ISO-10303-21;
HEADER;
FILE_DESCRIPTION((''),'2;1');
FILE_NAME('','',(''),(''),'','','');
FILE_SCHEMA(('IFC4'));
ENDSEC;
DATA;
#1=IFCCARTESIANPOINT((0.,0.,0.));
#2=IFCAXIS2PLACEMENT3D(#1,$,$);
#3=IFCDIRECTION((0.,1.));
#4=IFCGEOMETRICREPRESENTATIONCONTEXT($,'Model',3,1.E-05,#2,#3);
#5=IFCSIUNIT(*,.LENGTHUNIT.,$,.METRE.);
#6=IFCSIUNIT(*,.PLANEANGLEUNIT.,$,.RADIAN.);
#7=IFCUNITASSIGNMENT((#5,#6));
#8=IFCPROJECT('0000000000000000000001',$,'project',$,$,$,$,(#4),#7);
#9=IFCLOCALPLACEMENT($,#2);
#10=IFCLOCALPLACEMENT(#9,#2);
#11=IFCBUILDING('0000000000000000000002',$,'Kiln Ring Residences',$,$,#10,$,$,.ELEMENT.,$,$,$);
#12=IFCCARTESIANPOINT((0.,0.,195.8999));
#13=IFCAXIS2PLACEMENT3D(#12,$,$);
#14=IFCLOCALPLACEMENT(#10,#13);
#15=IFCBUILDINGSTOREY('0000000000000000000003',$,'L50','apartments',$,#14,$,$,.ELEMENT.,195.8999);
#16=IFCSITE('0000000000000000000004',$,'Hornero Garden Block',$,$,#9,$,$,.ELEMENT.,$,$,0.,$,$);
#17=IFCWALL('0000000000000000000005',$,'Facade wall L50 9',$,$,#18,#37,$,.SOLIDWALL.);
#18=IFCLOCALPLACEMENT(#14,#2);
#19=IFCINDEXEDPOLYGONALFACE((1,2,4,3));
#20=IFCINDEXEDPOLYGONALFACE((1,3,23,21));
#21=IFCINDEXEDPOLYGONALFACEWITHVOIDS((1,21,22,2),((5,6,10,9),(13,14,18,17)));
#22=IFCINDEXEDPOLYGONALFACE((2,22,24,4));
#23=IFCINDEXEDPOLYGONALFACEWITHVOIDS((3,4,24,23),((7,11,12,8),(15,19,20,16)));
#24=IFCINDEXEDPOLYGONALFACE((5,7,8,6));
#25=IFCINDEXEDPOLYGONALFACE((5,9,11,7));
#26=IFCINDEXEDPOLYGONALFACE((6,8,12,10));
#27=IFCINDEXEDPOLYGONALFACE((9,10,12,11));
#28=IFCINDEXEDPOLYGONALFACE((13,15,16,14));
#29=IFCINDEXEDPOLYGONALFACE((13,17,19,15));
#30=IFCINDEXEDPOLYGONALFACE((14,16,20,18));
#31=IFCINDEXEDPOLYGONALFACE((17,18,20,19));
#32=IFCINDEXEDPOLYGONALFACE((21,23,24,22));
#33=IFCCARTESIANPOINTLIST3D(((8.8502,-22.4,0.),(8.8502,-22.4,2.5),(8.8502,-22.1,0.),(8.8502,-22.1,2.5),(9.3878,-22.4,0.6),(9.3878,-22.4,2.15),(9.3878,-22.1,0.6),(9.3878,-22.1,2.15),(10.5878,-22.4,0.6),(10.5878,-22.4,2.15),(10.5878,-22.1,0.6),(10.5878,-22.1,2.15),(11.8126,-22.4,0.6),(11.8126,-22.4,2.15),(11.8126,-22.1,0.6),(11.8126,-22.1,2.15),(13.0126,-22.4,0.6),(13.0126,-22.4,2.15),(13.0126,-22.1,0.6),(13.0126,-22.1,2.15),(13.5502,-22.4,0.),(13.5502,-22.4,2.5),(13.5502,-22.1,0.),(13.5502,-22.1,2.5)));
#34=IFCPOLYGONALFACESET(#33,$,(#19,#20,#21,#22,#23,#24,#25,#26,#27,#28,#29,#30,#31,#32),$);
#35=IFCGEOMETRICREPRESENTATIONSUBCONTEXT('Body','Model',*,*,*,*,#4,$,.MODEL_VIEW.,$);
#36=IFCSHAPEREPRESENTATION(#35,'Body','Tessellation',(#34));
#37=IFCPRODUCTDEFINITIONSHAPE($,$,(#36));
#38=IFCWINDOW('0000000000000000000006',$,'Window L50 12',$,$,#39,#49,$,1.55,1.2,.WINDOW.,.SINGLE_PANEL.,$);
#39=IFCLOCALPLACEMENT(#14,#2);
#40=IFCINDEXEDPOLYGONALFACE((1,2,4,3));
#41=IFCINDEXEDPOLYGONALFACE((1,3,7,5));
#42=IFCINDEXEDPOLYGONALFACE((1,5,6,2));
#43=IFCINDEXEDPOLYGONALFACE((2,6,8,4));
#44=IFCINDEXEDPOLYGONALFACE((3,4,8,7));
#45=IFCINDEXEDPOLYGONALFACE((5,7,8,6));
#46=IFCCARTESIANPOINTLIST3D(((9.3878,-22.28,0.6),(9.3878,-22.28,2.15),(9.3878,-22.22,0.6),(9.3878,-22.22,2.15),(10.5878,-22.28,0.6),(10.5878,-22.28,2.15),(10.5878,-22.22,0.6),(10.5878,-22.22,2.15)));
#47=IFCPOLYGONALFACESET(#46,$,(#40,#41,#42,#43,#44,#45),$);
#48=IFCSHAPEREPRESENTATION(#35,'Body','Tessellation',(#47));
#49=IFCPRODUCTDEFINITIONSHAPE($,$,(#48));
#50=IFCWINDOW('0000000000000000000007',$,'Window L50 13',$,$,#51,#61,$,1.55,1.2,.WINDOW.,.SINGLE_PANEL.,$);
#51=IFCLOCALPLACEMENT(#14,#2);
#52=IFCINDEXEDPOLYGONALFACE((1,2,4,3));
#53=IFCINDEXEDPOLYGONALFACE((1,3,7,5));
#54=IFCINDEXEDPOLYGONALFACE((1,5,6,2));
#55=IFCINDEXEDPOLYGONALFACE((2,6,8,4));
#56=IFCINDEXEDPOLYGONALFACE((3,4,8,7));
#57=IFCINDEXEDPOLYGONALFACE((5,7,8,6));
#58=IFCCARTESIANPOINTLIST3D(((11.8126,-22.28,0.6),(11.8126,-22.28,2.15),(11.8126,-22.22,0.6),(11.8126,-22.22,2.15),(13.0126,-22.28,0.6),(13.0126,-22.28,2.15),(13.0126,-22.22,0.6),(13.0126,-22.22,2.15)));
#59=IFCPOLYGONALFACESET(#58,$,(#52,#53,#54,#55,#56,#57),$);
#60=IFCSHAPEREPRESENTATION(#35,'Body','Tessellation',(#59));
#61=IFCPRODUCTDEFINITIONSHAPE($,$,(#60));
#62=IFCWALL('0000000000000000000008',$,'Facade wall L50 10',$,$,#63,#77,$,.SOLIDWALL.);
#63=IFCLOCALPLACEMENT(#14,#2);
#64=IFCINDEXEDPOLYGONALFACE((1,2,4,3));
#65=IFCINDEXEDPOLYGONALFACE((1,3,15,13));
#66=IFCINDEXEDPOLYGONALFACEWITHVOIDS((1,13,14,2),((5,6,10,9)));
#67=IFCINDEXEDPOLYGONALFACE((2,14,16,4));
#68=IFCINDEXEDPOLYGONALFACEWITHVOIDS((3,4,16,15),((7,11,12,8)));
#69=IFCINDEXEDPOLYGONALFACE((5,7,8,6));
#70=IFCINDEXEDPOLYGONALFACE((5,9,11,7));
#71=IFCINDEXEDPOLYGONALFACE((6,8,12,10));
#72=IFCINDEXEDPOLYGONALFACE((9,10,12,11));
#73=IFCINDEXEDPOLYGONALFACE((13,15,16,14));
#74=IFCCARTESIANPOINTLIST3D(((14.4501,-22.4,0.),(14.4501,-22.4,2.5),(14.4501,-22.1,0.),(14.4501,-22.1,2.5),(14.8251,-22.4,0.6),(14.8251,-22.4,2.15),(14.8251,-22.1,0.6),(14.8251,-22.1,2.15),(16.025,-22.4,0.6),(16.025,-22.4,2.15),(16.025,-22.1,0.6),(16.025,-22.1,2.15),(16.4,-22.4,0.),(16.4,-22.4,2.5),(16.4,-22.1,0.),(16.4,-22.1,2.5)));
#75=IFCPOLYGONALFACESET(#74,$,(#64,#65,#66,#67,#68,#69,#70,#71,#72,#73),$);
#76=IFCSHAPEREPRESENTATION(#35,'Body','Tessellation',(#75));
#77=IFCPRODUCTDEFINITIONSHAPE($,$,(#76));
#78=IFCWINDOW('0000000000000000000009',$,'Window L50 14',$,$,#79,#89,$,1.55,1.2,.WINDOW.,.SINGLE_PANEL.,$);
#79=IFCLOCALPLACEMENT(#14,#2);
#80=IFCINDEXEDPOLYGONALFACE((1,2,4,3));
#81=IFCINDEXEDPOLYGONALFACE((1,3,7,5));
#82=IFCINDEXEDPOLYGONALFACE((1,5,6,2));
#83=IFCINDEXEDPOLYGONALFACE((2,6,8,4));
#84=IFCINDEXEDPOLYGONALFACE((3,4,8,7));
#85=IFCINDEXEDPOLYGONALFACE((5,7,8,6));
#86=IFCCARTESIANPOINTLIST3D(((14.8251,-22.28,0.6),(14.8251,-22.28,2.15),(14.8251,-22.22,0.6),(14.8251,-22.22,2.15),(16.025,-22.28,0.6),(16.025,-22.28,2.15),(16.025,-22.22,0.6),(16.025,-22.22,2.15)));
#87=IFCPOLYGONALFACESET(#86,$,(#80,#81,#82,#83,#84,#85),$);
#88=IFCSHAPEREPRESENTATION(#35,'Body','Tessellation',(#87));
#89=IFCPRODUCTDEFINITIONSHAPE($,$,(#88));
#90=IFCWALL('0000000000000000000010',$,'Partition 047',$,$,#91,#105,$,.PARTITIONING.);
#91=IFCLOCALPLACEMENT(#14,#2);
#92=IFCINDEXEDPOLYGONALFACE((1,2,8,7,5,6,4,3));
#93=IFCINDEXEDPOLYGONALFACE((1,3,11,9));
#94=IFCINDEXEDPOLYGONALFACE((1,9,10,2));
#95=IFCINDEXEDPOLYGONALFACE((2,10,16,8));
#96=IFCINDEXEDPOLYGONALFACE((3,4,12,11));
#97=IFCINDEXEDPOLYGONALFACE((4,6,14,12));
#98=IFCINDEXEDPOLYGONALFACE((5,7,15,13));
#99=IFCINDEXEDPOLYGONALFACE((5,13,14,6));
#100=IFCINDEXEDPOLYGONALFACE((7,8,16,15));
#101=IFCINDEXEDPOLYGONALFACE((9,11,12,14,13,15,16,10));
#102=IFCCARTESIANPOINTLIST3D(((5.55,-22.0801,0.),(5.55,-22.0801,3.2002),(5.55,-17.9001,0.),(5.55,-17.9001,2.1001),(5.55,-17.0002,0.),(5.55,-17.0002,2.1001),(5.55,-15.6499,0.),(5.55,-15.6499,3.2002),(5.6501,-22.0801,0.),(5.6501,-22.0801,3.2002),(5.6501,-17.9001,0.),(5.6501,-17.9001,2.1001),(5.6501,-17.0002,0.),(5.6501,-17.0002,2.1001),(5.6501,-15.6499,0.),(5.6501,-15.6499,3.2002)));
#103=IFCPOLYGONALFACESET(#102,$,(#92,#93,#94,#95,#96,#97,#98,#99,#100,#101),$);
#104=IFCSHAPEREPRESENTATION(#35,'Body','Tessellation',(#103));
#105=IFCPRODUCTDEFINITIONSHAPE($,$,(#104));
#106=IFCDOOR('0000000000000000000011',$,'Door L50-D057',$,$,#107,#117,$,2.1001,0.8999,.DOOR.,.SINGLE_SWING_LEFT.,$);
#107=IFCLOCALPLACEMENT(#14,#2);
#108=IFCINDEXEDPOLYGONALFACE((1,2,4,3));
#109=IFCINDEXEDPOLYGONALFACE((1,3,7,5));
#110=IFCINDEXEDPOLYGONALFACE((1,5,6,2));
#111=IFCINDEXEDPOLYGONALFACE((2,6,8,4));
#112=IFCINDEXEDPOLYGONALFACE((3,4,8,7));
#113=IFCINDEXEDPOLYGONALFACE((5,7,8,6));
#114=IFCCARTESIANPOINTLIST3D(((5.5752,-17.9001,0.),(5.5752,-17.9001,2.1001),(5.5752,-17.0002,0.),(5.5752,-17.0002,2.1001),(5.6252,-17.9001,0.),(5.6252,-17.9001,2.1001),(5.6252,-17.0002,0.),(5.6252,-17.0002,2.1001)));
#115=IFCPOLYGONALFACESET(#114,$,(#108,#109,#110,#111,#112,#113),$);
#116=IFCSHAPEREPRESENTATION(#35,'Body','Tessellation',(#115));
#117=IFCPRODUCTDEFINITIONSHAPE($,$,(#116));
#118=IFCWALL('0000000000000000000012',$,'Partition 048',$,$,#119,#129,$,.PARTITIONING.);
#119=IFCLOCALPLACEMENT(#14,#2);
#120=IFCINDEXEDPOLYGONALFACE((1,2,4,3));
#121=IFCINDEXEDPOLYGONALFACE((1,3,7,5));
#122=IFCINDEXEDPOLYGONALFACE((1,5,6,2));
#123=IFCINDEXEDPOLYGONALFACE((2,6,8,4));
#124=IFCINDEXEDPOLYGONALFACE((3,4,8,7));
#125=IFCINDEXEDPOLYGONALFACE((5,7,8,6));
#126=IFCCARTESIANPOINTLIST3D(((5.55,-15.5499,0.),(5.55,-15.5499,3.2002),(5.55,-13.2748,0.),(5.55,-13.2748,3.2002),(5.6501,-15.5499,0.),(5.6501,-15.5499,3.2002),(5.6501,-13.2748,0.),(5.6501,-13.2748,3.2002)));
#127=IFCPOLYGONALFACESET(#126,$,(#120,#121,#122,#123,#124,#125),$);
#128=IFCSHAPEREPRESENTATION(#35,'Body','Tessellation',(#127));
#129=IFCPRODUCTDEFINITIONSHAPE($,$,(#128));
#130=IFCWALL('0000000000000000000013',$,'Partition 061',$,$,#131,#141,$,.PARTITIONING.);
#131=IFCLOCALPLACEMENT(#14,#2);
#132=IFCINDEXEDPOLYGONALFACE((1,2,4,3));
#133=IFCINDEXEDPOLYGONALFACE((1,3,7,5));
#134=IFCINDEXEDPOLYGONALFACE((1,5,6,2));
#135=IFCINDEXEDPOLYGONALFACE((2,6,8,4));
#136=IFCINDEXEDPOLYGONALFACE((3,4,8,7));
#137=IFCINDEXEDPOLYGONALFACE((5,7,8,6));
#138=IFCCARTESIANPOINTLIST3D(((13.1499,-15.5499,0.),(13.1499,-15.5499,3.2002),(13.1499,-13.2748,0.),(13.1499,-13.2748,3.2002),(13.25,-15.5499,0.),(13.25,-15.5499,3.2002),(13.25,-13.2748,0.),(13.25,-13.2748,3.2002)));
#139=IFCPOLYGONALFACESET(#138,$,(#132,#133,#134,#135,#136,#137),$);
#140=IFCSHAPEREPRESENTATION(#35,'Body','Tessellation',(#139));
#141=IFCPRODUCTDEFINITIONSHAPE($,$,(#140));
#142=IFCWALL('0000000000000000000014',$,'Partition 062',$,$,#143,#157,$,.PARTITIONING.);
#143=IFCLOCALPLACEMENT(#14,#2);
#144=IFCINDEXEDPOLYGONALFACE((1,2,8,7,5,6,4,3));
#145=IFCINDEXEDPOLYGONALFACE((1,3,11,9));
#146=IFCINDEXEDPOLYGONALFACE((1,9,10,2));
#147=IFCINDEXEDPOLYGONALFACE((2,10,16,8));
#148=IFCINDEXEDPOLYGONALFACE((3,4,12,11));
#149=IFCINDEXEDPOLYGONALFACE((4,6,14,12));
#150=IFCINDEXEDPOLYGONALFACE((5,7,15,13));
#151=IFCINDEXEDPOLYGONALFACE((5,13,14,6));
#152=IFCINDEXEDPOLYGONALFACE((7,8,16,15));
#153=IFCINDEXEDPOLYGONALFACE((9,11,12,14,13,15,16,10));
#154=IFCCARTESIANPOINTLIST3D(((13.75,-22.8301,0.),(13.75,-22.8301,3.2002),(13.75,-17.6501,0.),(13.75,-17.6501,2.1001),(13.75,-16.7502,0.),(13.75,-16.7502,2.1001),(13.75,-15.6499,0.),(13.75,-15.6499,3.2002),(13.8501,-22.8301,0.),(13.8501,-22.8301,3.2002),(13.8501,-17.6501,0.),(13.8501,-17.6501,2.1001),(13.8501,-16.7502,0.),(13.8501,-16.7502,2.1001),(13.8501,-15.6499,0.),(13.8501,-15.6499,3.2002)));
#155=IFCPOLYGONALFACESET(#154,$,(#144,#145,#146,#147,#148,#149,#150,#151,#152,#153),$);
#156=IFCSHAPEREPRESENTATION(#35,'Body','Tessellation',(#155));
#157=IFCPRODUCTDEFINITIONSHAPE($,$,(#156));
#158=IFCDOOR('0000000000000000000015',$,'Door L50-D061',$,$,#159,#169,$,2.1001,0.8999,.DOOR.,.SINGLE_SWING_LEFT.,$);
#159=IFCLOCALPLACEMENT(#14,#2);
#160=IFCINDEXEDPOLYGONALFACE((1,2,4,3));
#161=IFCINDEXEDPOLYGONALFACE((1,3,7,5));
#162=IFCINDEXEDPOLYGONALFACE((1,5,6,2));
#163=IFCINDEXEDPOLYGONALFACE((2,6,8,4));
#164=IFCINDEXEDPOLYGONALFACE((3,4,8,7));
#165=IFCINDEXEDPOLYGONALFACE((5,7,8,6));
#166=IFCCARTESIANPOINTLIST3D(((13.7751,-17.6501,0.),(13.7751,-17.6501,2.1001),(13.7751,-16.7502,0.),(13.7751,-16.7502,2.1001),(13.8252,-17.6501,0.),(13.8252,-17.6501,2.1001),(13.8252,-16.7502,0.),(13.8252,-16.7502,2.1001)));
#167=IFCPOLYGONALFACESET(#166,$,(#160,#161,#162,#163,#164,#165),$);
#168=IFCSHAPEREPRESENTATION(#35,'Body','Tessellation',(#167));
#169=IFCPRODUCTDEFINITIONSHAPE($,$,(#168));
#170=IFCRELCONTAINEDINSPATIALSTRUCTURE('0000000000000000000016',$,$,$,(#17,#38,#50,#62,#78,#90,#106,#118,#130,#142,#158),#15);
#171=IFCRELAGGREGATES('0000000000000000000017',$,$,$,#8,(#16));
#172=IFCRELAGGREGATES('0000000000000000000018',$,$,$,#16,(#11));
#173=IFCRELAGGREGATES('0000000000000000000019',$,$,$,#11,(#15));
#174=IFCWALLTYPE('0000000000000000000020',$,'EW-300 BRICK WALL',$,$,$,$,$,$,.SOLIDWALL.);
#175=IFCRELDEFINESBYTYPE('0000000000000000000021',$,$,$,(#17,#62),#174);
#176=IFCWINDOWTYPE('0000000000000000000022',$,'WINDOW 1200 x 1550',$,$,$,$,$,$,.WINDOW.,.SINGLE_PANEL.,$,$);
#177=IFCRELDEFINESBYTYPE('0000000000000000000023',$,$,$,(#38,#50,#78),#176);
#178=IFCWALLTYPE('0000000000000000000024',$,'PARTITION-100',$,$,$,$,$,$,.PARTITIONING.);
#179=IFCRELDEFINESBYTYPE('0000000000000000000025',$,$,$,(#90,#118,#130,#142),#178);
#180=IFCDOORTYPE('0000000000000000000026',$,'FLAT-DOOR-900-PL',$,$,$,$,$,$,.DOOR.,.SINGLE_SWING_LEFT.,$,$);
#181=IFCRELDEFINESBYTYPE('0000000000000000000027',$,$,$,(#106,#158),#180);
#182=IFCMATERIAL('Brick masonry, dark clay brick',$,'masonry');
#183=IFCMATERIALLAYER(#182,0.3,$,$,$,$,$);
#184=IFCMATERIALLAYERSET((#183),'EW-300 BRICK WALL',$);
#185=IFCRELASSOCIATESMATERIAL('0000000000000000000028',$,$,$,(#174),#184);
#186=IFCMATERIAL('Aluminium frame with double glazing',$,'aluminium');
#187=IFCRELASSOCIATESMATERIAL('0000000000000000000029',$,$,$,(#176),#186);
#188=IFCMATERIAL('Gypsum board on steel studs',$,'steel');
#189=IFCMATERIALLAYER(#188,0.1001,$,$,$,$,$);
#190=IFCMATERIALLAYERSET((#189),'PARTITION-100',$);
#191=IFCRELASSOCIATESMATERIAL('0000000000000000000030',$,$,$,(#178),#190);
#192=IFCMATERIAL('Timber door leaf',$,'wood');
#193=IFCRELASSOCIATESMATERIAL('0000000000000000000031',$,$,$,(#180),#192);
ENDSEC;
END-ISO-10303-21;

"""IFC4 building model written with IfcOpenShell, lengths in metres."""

from ifc_helpers import new_model, si_unit, direction, frame, frame_2d, origin, place, context, subcontext, project, spatial, rectangle, extrude, material, layer, layer_set, type_object, element, fill, save


model = new_model("IFC4")

# Units and contexts
model_context = context("Model", 3, precision=1e-05, world=origin(), true_north=direction((0.0, 1.0)))
body_context = subcontext(model_context, "Body", "Model", "MODEL_VIEW")
ifc_project = project(units=[si_unit("LENGTHUNIT", "METRE"), si_unit("PLANEANGLEUNIT", "RADIAN")], contexts=[model_context])

# Site, building, storey
site_placement = place(None, origin())
site = spatial("IfcSite", under=ifc_project, at=site_placement, Name="Hornero Garden Block", CompositionType="ELEMENT", RefElevation=0.0)
building_placement = place(site_placement, origin())
building = spatial("IfcBuilding", under=site, at=building_placement, Name="Kiln Ring Residences", CompositionType="ELEMENT")
storey_placement = place(building_placement, frame((0.0, 0.0, 195.8999)))
storey = spatial("IfcBuildingStorey", under=building, at=storey_placement, Name="L50", Description="apartments", CompositionType="ELEMENT", Elevation=195.8999)

# Wall, openings, windows
ifc_material_1 = material(Name="Brick masonry, dark clay brick", Category="masonry")
ifc_layer_1 = layer(ifc_material_1, 0.3)
ifc_layer_set_1 = layer_set([ifc_layer_1], Name="EW-300 BRICK WALL")
wall_type_1 = type_object("IfcWallType", Name="EW-300 BRICK WALL", PredefinedType="SOLIDWALL", material=ifc_layer_set_1)
ifc_material_2 = material(Name="Aluminium frame with double glazing", Category="aluminium")
window_type = type_object("IfcWindowType", Name="WINDOW 1200 x 1550", PartitioningType="SINGLE_PANEL", PredefinedType="WINDOW", material=ifc_material_2)
wall_1_placement = place(storey_placement, frame((8.8501, -22.25, 0.0), z_axis=(0.0, 0.0, 1.0), x_axis=(1.0, 0.0, 0.0)))
wall_1 = element("IfcWall", 1, at=wall_1_placement, inside=storey, type_object=wall_type_1, Name="Facade wall L50 9", PredefinedType="SOLIDWALL", context=body_context, shape_type="SweptSolid", body=[
    extrude(rectangle(XDim=4.7, YDim=0.3, at=frame_2d((2.3501, 0.0))), origin(), (0.0, 0.0, 1.0), 2.5),
])
opening_1_placement = place(wall_1_placement, frame((0.5376, 0.0, 0.6001)))
opening_1 = element("IfcOpeningElement", 2, at=opening_1_placement, cuts=wall_1, PredefinedType="OPENING", context=body_context, shape_type="SweptSolid", body=[
    extrude(rectangle(XDim=1.2, YDim=1.55, at=frame_2d((0.6001, 0.7749))), frame((0.0, 0.1599, 0.0), z_axis=(0.0, -1.0, 0.0), x_axis=(1.0, 0.0, 0.0)), (0.0, 0.0, 1.0), 0.3201),
])
opening_2_placement = place(wall_1_placement, frame((2.9624, 0.0, 0.6001)))
opening_2 = element("IfcOpeningElement", 3, at=opening_2_placement, cuts=wall_1, PredefinedType="OPENING", context=body_context, shape_type="SweptSolid", body=[
    extrude(rectangle(XDim=1.2, YDim=1.55, at=frame_2d((0.6001, 0.7749))), frame((0.0, 0.1599, 0.0), z_axis=(0.0, -1.0, 0.0), x_axis=(1.0, 0.0, 0.0)), (0.0, 0.0, 1.0), 0.3201),
])
window_1_placement = place(opening_1_placement, origin())
window_1 = element("IfcWindow", 4, at=window_1_placement, inside=storey, type_object=window_type, Name="Window L50 12", OverallHeight=1.55, OverallWidth=1.2, PartitioningType="SINGLE_PANEL", PredefinedType="WINDOW", context=body_context, shape_type="SweptSolid", body=[
    extrude(rectangle(XDim=1.2, YDim=1.55, at=frame_2d((0.6001, 0.7749))), frame((0.0, 0.03, 0.0), z_axis=(0.0, -1.0, 0.0), x_axis=(1.0, 0.0, 0.0)), (0.0, 0.0, 1.0), 0.0601),
])
fill(opening_1, window_1)
window_2_placement = place(opening_2_placement, origin())
window_2 = element("IfcWindow", 5, at=window_2_placement, inside=storey, type_object=window_type, Name="Window L50 13", OverallHeight=1.55, OverallWidth=1.2, PartitioningType="SINGLE_PANEL", PredefinedType="WINDOW", context=body_context, shape_type="SweptSolid", body=[
    extrude(rectangle(XDim=1.2, YDim=1.55, at=frame_2d((0.6001, 0.7749))), frame((0.0, 0.03, 0.0), z_axis=(0.0, -1.0, 0.0), x_axis=(1.0, 0.0, 0.0)), (0.0, 0.0, 1.0), 0.0601),
])
fill(opening_2, window_2)

# Wall, opening, window
wall_2_placement = place(storey_placement, frame((14.45, -22.25, 0.0), z_axis=(0.0, 0.0, 1.0), x_axis=(1.0, 0.0, 0.0)))
wall_2 = element("IfcWall", 6, at=wall_2_placement, inside=storey, type_object=wall_type_1, Name="Facade wall L50 10", PredefinedType="SOLIDWALL", context=body_context, shape_type="SweptSolid", body=[
    extrude(rectangle(XDim=1.95, YDim=0.3, at=frame_2d((0.9751, 0.0))), origin(), (0.0, 0.0, 1.0), 2.5),
])
opening_3_placement = place(wall_2_placement, frame((0.375, 0.0, 0.6001)))
opening_3 = element("IfcOpeningElement", 7, at=opening_3_placement, cuts=wall_2, PredefinedType="OPENING", context=body_context, shape_type="SweptSolid", body=[
    extrude(rectangle(XDim=1.2, YDim=1.55, at=frame_2d((0.6001, 0.7749))), frame((0.0, 0.1599, 0.0), z_axis=(0.0, -1.0, 0.0), x_axis=(1.0, 0.0, 0.0)), (0.0, 0.0, 1.0), 0.3201),
])
window_3_placement = place(opening_3_placement, origin())
window_3 = element("IfcWindow", 8, at=window_3_placement, inside=storey, type_object=window_type, Name="Window L50 14", OverallHeight=1.55, OverallWidth=1.2, PartitioningType="SINGLE_PANEL", PredefinedType="WINDOW", context=body_context, shape_type="SweptSolid", body=[
    extrude(rectangle(XDim=1.2, YDim=1.55, at=frame_2d((0.6001, 0.7749))), frame((0.0, 0.03, 0.0), z_axis=(0.0, -1.0, 0.0), x_axis=(1.0, 0.0, 0.0)), (0.0, 0.0, 1.0), 0.0601),
])
fill(opening_3, window_3)

# Wall, opening, door
ifc_material_3 = material(Name="Gypsum board on steel studs", Category="steel")
ifc_layer_2 = layer(ifc_material_3, 0.1001)
ifc_layer_set_2 = layer_set([ifc_layer_2], Name="PARTITION-100")
wall_type_2 = type_object("IfcWallType", Name="PARTITION-100", PredefinedType="PARTITIONING", material=ifc_layer_set_2)
wall_3_placement = place(storey_placement, frame((5.6001, -22.0801, 0.0), z_axis=(0.0, 0.0, 1.0), x_axis=(0.0, 1.0, 0.0)))
wall_3 = element("IfcWall", 9, at=wall_3_placement, inside=storey, type_object=wall_type_2, Name="Partition 047", PredefinedType="PARTITIONING", context=body_context, shape_type="SweptSolid", body=[
    extrude(rectangle(XDim=6.4302, YDim=0.1001, at=frame_2d((3.2151, 0.0))), origin(), (0.0, 0.0, 1.0), 3.2002),
])
opening_4_placement = place(wall_3_placement, frame((4.1799, 0.0, 0.0)))
opening_4 = element("IfcOpeningElement", 10, at=opening_4_placement, cuts=wall_3, PredefinedType="OPENING", context=body_context, shape_type="SweptSolid", body=[
    extrude(rectangle(XDim=0.8999, YDim=2.1001, at=frame_2d((0.45, 1.05))), frame((0.0, 0.0601, 0.0), z_axis=(0.0, -1.0, 0.0), x_axis=(1.0, 0.0, 0.0)), (0.0, 0.0, 1.0), 0.1201),
])
ifc_material_4 = material(Name="Timber door leaf", Category="wood")
door_type = type_object("IfcDoorType", Name="FLAT-DOOR-900-PL", OperationType="SINGLE_SWING_LEFT", PredefinedType="DOOR", material=ifc_material_4)
door_1_placement = place(opening_4_placement, origin())
door_1 = element("IfcDoor", 11, at=door_1_placement, inside=storey, type_object=door_type, Name="Door L50-D057", OperationType="SINGLE_SWING_LEFT", OverallHeight=2.1001, OverallWidth=0.8999, PredefinedType="DOOR", context=body_context, shape_type="SweptSolid", body=[
    extrude(rectangle(XDim=0.8999, YDim=2.1001, at=frame_2d((0.45, 1.05))), frame((0.0, 0.0249, 0.0), z_axis=(0.0, -1.0, 0.0), x_axis=(1.0, 0.0, 0.0)), (0.0, 0.0, 1.0), 0.05),
])
fill(opening_4, door_1)

# Walls
for number, where, z_axis, x_axis, name in (
    (12, (5.6001, -15.55, 0.0), (0.0, 0.0, 1.0), (0.0, 1.0, 0.0), "Partition 048"),
    (13, (13.2, -15.55, 0.0), (0.0, 0.0, 1.0), (0.0, 1.0, 0.0), "Partition 061"),
):
    element("IfcWall", number, at=place(storey_placement, frame(where, z_axis=z_axis, x_axis=x_axis)), inside=storey, type_object=wall_type_2, Name=name, PredefinedType="PARTITIONING", context=body_context, shape_type="SweptSolid", body=[
        extrude(rectangle(XDim=2.2751, YDim=0.1001, at=frame_2d((1.1377, 0.0))), origin(), (0.0, 0.0, 1.0), 3.2002),
    ])

# Wall, opening, door
wall_4_placement = place(storey_placement, frame((13.8, -22.8301, 0.0), z_axis=(0.0, 0.0, 1.0), x_axis=(0.0, 1.0, 0.0)))
wall_4 = element("IfcWall", 14, at=wall_4_placement, inside=storey, type_object=wall_type_2, Name="Partition 062", PredefinedType="PARTITIONING", context=body_context, shape_type="SweptSolid", body=[
    extrude(rectangle(XDim=7.1802, YDim=0.1001, at=frame_2d((3.5901, 0.0))), origin(), (0.0, 0.0, 1.0), 3.2002),
])
opening_5_placement = place(wall_4_placement, frame((5.1799, 0.0, 0.0)))
opening_5 = element("IfcOpeningElement", 15, at=opening_5_placement, cuts=wall_4, PredefinedType="OPENING", context=body_context, shape_type="SweptSolid", body=[
    extrude(rectangle(XDim=0.8999, YDim=2.1001, at=frame_2d((0.45, 1.05))), frame((0.0, 0.0601, 0.0), z_axis=(0.0, -1.0, 0.0), x_axis=(1.0, 0.0, 0.0)), (0.0, 0.0, 1.0), 0.1201),
])
door_2_placement = place(opening_5_placement, origin())
door_2 = element("IfcDoor", 16, at=door_2_placement, inside=storey, type_object=door_type, Name="Door L50-D061", OperationType="SINGLE_SWING_LEFT", OverallHeight=2.1001, OverallWidth=0.8999, PredefinedType="DOOR", context=body_context, shape_type="SweptSolid", body=[
    extrude(rectangle(XDim=0.8999, YDim=2.1001, at=frame_2d((0.45, 1.05))), frame((0.0, 0.0249, 0.0), z_axis=(0.0, -1.0, 0.0), x_axis=(1.0, 0.0, 0.0)), (0.0, 0.0, 1.0), 0.05),
])
fill(opening_5, door_2)

save(model, "model.ifc")
